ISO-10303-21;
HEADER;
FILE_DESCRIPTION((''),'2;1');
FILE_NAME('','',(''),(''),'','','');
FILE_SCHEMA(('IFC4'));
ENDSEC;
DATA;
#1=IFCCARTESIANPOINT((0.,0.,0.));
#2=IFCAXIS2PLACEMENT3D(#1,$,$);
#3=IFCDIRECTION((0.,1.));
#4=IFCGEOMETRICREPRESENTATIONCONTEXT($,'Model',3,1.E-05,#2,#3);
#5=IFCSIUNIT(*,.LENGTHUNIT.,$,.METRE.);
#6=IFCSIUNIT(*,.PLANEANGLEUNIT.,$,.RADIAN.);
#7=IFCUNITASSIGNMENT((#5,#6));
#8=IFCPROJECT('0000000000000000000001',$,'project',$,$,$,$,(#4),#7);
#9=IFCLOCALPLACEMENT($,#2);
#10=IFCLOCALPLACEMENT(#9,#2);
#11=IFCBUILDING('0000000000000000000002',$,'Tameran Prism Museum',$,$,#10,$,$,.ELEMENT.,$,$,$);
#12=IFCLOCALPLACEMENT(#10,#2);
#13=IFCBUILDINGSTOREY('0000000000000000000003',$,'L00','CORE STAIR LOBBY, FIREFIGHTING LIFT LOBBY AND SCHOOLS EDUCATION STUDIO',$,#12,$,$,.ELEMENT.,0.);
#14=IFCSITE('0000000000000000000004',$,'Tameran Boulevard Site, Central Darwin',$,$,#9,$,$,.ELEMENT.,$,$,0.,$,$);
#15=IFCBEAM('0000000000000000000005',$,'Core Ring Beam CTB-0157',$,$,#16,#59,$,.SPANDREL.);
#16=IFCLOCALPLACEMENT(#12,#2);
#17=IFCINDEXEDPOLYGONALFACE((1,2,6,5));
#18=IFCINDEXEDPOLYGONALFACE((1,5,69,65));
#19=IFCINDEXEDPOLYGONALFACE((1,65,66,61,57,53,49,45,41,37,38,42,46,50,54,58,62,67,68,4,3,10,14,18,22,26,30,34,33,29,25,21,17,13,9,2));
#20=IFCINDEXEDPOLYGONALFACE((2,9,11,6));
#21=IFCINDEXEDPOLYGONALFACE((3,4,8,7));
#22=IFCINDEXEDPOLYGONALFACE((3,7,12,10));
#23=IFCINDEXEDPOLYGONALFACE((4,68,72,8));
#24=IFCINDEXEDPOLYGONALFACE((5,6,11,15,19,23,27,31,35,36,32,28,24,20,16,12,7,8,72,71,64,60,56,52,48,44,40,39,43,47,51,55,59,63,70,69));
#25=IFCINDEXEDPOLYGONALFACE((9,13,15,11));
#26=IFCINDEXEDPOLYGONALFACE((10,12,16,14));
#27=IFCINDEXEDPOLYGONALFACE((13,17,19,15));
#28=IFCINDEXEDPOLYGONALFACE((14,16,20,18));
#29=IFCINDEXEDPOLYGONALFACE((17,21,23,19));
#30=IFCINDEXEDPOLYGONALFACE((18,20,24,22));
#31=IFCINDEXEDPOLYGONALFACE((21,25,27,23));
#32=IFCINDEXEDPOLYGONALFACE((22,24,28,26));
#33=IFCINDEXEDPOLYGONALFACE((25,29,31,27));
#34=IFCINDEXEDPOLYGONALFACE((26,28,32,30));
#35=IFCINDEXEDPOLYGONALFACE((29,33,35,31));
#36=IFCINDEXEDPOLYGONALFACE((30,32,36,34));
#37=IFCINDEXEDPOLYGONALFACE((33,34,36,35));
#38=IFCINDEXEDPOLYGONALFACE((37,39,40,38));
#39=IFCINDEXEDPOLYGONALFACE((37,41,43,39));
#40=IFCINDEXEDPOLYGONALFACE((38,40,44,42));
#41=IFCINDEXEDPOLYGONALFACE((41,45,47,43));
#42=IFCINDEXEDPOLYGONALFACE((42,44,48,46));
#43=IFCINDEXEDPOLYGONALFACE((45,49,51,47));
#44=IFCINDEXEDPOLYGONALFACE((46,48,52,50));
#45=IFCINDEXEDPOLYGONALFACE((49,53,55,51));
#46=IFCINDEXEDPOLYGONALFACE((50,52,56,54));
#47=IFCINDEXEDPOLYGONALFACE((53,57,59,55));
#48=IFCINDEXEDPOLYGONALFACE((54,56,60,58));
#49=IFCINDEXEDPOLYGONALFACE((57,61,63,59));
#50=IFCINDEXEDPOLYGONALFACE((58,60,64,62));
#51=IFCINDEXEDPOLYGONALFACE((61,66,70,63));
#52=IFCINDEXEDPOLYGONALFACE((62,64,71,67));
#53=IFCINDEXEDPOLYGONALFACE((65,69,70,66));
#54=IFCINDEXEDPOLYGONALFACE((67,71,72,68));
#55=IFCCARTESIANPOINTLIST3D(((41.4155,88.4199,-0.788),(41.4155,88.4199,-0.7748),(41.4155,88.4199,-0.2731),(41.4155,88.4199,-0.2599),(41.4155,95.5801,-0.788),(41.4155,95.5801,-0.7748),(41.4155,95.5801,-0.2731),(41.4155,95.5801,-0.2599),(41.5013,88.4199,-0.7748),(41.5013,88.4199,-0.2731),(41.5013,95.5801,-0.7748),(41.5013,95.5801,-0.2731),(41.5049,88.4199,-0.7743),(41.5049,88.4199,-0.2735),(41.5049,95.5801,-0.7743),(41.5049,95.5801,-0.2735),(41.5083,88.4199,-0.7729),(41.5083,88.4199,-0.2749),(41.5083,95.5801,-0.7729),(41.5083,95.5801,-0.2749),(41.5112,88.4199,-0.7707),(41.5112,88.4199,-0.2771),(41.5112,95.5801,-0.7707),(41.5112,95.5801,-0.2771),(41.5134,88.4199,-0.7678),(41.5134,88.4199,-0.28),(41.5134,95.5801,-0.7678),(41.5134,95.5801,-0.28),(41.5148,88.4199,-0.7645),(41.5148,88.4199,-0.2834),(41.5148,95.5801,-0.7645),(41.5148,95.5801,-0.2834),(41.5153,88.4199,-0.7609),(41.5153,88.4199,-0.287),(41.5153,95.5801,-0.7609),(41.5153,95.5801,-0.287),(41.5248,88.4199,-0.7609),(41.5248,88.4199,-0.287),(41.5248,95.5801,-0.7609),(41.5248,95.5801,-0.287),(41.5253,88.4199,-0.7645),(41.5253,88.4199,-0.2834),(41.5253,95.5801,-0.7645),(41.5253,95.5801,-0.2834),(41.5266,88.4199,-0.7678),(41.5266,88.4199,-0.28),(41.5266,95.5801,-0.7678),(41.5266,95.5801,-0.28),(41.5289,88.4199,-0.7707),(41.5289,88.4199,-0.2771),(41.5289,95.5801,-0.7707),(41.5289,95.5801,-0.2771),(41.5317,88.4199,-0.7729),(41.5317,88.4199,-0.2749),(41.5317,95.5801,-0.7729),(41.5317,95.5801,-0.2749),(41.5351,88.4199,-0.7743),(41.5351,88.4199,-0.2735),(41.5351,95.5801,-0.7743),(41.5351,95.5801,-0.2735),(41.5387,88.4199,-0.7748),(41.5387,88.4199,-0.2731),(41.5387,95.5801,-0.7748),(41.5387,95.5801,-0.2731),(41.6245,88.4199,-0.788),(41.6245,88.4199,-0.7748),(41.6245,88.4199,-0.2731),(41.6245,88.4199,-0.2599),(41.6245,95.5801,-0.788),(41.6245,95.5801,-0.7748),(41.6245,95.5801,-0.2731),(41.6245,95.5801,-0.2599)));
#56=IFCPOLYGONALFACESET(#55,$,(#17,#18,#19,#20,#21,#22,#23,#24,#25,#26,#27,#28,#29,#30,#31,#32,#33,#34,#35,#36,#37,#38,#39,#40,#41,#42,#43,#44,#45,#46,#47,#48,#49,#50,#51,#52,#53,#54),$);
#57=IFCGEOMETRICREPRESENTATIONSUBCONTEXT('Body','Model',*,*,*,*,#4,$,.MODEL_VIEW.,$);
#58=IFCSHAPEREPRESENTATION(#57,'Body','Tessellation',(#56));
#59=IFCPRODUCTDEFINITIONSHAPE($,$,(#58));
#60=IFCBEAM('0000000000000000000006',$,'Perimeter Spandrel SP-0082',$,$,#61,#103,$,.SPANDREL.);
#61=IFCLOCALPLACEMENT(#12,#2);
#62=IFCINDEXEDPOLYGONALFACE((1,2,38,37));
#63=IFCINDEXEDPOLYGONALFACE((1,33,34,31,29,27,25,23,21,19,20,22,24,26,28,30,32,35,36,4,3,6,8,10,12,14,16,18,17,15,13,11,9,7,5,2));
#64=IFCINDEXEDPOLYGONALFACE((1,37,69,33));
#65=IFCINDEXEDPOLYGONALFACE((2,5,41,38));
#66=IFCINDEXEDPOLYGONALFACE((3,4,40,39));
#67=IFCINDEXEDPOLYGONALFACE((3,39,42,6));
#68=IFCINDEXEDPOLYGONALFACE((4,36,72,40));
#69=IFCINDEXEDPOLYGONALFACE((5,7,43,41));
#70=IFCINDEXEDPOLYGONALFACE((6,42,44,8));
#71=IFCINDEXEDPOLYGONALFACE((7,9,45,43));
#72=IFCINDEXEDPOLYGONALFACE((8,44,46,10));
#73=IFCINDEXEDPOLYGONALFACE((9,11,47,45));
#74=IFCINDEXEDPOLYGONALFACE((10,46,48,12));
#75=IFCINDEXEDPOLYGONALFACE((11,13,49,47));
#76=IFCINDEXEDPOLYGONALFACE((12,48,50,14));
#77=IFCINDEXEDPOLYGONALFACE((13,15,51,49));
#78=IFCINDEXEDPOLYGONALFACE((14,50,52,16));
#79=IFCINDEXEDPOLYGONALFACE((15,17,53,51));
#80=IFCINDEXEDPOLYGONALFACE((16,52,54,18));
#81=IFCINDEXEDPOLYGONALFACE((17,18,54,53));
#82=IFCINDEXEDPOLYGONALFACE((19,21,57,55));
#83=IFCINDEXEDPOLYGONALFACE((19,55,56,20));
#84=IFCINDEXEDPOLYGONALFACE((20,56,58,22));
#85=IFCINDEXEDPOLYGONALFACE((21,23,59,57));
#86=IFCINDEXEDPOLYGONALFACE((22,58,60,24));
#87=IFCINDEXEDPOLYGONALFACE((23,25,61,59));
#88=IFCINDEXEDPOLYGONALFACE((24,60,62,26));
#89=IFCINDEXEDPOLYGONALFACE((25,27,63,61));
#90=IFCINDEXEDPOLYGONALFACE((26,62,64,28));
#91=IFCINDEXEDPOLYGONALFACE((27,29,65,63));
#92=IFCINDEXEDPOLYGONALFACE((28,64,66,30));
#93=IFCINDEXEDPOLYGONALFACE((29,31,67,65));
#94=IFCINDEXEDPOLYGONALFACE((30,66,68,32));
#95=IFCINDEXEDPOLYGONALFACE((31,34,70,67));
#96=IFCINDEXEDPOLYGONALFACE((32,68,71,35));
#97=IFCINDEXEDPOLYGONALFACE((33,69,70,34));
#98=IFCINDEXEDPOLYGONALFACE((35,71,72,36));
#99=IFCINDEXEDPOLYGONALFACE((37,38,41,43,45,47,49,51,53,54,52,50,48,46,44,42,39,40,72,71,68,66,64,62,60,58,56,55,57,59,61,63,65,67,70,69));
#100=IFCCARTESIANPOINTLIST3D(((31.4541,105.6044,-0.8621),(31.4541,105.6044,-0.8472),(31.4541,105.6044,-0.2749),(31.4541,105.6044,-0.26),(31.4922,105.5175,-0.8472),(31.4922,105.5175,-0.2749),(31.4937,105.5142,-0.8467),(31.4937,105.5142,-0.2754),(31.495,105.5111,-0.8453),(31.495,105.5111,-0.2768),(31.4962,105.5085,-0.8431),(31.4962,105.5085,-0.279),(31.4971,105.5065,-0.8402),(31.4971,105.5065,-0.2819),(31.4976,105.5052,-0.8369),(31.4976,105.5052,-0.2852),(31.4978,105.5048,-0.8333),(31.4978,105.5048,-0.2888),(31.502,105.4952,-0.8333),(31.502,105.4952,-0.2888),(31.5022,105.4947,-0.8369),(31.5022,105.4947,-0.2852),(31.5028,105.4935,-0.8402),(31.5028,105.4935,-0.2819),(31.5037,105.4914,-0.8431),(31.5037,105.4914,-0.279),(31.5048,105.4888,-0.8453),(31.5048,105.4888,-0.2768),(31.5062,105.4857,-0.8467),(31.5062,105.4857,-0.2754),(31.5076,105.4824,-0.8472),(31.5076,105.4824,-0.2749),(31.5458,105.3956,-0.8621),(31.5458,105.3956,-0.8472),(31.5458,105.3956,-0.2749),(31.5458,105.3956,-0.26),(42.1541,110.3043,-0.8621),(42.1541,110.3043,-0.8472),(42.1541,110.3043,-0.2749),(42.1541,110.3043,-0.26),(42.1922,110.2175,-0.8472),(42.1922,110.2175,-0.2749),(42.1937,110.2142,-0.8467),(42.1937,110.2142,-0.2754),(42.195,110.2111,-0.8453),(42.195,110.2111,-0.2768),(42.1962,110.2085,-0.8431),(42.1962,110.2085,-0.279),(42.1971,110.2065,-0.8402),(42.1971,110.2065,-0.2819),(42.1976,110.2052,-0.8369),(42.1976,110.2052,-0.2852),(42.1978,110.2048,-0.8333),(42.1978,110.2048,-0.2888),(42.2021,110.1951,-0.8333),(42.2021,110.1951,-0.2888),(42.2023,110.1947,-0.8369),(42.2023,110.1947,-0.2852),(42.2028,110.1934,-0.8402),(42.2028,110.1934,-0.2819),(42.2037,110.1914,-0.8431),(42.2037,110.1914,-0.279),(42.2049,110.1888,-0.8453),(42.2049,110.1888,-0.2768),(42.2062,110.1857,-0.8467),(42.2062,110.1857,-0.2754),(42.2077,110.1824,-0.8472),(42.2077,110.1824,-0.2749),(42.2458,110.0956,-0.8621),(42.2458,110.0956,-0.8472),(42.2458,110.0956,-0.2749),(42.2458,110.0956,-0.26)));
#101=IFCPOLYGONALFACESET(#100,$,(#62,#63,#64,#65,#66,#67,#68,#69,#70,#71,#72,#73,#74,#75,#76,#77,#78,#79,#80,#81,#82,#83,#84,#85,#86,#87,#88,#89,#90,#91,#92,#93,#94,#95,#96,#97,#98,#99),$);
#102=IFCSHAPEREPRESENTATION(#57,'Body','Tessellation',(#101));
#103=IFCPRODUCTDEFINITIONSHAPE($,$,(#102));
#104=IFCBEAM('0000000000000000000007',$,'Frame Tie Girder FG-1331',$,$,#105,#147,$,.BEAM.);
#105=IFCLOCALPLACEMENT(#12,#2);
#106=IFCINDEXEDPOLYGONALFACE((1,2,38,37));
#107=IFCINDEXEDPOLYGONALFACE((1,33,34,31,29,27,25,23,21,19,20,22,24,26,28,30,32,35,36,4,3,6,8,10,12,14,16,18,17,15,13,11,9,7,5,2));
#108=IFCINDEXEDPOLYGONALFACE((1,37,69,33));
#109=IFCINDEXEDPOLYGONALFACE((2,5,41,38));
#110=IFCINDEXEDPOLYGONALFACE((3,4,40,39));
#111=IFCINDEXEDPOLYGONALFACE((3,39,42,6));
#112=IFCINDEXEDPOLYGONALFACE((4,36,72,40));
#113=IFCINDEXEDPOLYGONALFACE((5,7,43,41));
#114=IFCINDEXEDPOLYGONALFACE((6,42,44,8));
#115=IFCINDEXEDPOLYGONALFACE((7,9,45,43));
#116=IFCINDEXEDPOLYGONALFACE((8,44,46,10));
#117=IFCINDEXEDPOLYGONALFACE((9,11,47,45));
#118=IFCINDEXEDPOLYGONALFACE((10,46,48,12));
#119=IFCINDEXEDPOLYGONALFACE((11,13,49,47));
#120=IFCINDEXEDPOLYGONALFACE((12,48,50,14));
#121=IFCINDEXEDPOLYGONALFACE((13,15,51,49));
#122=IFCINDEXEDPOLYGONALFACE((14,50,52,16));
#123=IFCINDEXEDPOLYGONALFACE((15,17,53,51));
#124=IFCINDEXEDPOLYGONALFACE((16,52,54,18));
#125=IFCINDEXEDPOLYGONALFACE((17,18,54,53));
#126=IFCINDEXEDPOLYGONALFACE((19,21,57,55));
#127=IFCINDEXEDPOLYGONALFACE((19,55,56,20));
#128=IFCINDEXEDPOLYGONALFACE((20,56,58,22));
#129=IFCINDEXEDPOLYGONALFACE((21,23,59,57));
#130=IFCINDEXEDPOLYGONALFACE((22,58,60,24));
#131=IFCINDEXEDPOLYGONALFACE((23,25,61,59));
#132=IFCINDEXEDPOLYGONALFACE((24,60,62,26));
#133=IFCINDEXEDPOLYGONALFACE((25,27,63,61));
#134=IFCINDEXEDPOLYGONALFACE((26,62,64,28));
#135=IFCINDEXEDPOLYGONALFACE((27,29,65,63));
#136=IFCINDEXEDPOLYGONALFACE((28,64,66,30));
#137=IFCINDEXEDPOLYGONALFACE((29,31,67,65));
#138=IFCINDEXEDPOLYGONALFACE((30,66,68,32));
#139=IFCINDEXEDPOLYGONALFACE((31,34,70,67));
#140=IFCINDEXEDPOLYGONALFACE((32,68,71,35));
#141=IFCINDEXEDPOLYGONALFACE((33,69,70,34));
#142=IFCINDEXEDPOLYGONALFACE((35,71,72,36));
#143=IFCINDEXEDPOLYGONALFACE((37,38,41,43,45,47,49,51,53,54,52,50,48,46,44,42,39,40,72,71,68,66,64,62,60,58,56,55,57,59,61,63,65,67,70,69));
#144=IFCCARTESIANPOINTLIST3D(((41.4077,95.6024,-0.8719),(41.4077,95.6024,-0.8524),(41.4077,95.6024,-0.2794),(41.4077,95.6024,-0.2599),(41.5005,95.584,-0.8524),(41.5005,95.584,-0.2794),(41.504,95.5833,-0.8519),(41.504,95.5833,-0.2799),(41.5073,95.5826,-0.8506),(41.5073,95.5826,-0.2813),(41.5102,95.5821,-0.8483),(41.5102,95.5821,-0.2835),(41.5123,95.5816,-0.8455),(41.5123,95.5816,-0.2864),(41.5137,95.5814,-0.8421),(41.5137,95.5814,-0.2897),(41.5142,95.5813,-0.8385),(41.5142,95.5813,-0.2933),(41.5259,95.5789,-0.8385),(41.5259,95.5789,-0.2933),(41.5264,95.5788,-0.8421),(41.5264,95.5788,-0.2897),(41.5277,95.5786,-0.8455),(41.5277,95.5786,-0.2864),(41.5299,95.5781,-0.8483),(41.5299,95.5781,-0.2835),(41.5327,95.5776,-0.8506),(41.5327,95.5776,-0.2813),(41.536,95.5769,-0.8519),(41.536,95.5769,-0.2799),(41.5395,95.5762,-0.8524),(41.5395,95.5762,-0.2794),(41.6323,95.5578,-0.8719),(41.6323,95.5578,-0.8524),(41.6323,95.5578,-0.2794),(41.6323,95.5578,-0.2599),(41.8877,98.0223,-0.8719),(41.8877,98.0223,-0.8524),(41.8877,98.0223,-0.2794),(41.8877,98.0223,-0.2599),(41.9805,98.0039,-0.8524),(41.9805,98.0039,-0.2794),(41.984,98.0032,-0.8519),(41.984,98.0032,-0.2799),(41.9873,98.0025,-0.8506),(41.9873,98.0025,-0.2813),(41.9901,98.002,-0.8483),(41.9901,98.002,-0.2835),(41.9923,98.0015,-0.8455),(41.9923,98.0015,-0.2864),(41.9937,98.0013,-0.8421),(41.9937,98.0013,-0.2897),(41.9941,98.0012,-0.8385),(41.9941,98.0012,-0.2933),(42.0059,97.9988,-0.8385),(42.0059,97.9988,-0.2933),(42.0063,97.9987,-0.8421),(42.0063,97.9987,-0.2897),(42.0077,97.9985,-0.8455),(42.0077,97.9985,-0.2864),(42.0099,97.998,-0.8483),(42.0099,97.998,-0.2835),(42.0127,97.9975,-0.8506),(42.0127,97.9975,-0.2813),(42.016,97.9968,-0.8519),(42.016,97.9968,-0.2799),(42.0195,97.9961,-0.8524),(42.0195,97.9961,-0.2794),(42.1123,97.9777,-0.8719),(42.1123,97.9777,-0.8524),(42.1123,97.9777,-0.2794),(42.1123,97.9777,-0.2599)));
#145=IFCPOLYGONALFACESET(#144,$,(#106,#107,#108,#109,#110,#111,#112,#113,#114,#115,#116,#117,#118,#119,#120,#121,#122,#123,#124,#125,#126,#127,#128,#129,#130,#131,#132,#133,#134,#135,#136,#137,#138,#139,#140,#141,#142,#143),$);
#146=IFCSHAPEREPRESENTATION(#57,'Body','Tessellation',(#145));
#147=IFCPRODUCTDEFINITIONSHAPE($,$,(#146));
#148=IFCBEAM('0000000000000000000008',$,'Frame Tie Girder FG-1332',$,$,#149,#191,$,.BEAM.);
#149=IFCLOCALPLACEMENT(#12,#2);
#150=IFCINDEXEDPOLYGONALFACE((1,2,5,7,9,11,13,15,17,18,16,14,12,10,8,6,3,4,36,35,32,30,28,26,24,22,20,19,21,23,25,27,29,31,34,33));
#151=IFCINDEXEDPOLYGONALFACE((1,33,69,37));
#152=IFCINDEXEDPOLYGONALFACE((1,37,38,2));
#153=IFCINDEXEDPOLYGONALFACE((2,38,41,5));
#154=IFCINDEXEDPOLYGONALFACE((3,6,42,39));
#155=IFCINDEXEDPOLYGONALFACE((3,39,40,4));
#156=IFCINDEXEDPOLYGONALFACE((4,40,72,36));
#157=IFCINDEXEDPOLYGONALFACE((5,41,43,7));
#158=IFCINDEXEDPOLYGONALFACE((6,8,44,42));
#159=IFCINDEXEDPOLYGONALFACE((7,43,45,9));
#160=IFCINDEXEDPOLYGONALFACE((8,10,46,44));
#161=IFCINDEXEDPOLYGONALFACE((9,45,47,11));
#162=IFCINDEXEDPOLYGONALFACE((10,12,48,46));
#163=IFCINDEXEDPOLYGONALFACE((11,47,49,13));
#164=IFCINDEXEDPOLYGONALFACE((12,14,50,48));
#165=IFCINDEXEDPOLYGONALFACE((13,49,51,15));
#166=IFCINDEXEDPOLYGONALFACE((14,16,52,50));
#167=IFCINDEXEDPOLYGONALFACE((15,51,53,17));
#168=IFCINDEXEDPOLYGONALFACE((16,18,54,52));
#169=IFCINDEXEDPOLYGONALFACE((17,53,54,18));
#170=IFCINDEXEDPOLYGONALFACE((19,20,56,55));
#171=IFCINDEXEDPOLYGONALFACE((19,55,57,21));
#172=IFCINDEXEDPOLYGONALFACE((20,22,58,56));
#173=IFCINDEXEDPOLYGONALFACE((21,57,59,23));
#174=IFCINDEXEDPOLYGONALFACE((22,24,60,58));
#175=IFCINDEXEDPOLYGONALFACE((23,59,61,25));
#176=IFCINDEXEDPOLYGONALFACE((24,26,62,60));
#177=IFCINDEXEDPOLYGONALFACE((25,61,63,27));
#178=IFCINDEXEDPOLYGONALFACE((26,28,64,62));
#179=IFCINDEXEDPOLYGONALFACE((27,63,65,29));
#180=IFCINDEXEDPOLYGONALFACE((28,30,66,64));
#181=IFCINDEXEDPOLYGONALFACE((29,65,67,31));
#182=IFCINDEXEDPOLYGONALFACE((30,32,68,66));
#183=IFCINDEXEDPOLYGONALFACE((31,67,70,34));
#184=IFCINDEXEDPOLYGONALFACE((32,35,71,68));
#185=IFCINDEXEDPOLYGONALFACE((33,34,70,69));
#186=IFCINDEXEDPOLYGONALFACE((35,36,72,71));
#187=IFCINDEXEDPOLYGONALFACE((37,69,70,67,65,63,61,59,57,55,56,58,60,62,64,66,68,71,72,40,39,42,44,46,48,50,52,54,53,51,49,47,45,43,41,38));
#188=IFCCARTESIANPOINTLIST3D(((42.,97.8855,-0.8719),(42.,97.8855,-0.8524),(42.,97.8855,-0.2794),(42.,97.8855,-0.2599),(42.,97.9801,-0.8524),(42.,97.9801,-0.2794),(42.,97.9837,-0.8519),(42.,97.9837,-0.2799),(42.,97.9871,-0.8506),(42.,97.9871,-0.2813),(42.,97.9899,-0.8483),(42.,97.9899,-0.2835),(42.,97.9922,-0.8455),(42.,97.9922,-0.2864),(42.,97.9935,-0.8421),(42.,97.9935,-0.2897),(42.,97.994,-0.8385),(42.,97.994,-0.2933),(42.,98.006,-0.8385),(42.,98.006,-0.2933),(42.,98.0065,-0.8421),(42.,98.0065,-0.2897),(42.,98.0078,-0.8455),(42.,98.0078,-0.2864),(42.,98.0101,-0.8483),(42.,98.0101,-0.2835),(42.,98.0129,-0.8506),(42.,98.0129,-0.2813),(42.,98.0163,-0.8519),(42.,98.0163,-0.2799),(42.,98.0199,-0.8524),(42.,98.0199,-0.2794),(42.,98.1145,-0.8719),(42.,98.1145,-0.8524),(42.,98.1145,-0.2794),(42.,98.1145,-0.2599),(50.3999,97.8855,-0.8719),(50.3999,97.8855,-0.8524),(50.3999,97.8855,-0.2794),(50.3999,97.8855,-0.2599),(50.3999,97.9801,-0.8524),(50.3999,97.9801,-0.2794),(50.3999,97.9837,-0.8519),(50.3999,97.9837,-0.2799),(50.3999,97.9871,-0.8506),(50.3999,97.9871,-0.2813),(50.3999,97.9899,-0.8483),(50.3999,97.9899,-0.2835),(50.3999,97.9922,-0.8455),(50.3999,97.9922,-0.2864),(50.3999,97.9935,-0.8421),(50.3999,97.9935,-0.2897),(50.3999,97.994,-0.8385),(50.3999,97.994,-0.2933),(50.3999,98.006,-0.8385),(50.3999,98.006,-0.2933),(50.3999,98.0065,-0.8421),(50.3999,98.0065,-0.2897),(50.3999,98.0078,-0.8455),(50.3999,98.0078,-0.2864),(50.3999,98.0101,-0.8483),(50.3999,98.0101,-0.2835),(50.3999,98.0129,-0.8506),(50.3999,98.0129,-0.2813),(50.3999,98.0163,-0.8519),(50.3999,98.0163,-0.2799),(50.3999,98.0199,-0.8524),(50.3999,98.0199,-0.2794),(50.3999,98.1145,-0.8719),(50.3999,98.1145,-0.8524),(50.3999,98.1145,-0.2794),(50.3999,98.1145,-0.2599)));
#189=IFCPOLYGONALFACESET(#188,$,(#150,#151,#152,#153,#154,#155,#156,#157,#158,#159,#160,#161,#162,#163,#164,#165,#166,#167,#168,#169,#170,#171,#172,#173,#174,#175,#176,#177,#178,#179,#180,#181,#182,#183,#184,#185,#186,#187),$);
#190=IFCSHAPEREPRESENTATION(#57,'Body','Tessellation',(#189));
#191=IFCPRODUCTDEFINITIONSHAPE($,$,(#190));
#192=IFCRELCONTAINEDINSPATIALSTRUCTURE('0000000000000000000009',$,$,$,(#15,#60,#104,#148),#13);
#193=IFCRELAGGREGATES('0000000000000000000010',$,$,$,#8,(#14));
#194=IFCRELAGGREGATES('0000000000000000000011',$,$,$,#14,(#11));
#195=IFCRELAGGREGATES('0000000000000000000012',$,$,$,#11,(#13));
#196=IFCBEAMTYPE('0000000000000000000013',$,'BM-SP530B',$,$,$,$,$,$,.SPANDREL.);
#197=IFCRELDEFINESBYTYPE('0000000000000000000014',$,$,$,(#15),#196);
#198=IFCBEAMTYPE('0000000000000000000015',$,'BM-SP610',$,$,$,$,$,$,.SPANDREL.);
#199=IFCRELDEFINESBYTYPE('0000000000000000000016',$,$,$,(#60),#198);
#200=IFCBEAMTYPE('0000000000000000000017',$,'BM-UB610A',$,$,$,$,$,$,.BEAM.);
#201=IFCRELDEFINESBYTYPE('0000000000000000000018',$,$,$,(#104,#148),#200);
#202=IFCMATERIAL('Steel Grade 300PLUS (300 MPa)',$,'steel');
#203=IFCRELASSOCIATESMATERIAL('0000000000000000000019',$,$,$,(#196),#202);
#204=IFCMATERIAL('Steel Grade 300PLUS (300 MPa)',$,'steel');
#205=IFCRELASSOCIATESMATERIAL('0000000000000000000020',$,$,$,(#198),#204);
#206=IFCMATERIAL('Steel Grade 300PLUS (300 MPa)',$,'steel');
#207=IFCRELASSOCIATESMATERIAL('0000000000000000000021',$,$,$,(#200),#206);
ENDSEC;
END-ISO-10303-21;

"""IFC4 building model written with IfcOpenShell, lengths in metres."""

from ifc_helpers import new_model, si_unit, direction, frame, origin, origin_2d, place, context, subcontext, project, spatial, i_section, extrude, material, material_profile, profile_set, type_object, element, save


model = new_model("IFC4")

# Units and contexts
model_context = context("Model", 3, precision=1e-05, world=origin(), true_north=direction((0.0, 1.0)))
body_context = subcontext(model_context, "Body", "Model", "MODEL_VIEW")
ifc_project = project(units=[si_unit("LENGTHUNIT", "METRE"), si_unit("PLANEANGLEUNIT", "RADIAN")], contexts=[model_context])

# Site, building, storey
site_placement = place(None, origin())
site = spatial("IfcSite", under=ifc_project, at=site_placement, Name="Tameran Boulevard Site, Central Darwin", CompositionType="ELEMENT", RefElevation=0.0)
building_placement = place(site_placement, origin())
building = spatial("IfcBuilding", under=site, at=building_placement, Name="Tameran Prism Museum", CompositionType="ELEMENT")
storey_placement = place(building_placement, origin())
storey = spatial("IfcBuildingStorey", under=building, at=storey_placement, Name="L00", Description="CORE STAIR LOBBY, FIREFIGHTING LIFT LOBBY AND SCHOOLS EDUCATION STUDIO", CompositionType="ELEMENT", Elevation=0.0)

# Beams
ifc_material_1 = material(Name="Steel Grade 300PLUS (300 MPa)", Category="steel")
ifc_material_profile_1 = material_profile(ifc_material_1, i_section(OverallWidth=0.209, OverallDepth=0.5281, WebThickness=0.0095, FlangeThickness=0.0132, FilletRadius=0.0139, at=origin_2d()))
ifc_profile_set_1 = profile_set([ifc_material_profile_1])
beam_type_1 = type_object("IfcBeamType", Name="BM-SP530B", PredefinedType="SPANDREL", material=ifc_profile_set_1)
beam_1_placement = place(storey_placement, frame((41.52, 95.5801, -0.5239), z_axis=(0.0, -1.0, 0.0), x_axis=(1.0, 0.0, 0.0)))
element("IfcBeam", 1, at=beam_1_placement, inside=storey, type_object=beam_type_1, Name="Core Ring Beam CTB-0157", PredefinedType="SPANDREL", context=body_context, shape_type="SweptSolid", body=[
    extrude(i_section(OverallWidth=0.209, OverallDepth=0.5281, WebThickness=0.0095, FlangeThickness=0.0132, FilletRadius=0.0139, at=origin_2d()), origin(), (0.0, 0.0, 1.0), 7.1602),
])
ifc_material_2 = material(Name="Steel Grade 300PLUS (300 MPa)", Category="steel")
ifc_material_profile_2 = material_profile(ifc_material_2, i_section(OverallWidth=0.228, OverallDepth=0.6021, WebThickness=0.0105, FlangeThickness=0.0149, FilletRadius=0.0139, at=origin_2d()))
ifc_profile_set_2 = profile_set([ifc_material_profile_2])
beam_type_2 = type_object("IfcBeamType", Name="BM-SP610", PredefinedType="SPANDREL", material=ifc_profile_set_2)
beam_2_placement = place(storey_placement, frame((42.2, 110.2, -0.561), z_axis=(-0.915568, -0.402163, 0.0), x_axis=(0.402163, -0.915568, 0.0)))
element("IfcBeam", 2, at=beam_2_placement, inside=storey, type_object=beam_type_2, Name="Perimeter Spandrel SP-0082", PredefinedType="SPANDREL", context=body_context, shape_type="SweptSolid", body=[
    extrude(i_section(OverallWidth=0.228, OverallDepth=0.6021, WebThickness=0.0105, FlangeThickness=0.0149, FilletRadius=0.0139, at=origin_2d()), origin(), (0.0, 0.0, 1.0), 11.6868),
])
ifc_material_3 = material(Name="Steel Grade 300PLUS (300 MPa)", Category="steel")
ifc_material_profile_3 = material_profile(ifc_material_3, i_section(OverallWidth=0.229, OverallDepth=0.6121, WebThickness=0.012, FlangeThickness=0.0195, FilletRadius=0.0139, at=origin_2d()))
ifc_profile_set_3 = profile_set([ifc_material_profile_3])
beam_type_3 = type_object("IfcBeamType", Name="BM-UB610A", PredefinedType="BEAM", material=ifc_profile_set_3)
beam_3_placement = place(storey_placement, frame((42.0, 98.0, -0.5659), z_axis=(-0.194555, -0.980892, 0.0), x_axis=(0.980892, -0.194555, 0.0)))
element("IfcBeam", 3, at=beam_3_placement, inside=storey, type_object=beam_type_3, Name="Frame Tie Girder FG-1331", PredefinedType="BEAM", context=body_context, shape_type="SweptSolid", body=[
    extrude(i_section(OverallWidth=0.229, OverallDepth=0.6121, WebThickness=0.012, FlangeThickness=0.0195, FilletRadius=0.0139, at=origin_2d()), origin(), (0.0, 0.0, 1.0), 2.467),
])
beam_4_placement = place(storey_placement, frame((42.0, 98.0, -0.5659), z_axis=(1.0, 0.0, 0.0), x_axis=(0.0, 1.0, 0.0)))
element("IfcBeam", 4, at=beam_4_placement, inside=storey, type_object=beam_type_3, Name="Frame Tie Girder FG-1332", PredefinedType="BEAM", context=body_context, shape_type="SweptSolid", body=[
    extrude(i_section(OverallWidth=0.229, OverallDepth=0.6121, WebThickness=0.012, FlangeThickness=0.0195, FilletRadius=0.0139, at=origin_2d()), origin(), (0.0, 0.0, 1.0), 8.3999),
])

save(model, "model.ifc")
